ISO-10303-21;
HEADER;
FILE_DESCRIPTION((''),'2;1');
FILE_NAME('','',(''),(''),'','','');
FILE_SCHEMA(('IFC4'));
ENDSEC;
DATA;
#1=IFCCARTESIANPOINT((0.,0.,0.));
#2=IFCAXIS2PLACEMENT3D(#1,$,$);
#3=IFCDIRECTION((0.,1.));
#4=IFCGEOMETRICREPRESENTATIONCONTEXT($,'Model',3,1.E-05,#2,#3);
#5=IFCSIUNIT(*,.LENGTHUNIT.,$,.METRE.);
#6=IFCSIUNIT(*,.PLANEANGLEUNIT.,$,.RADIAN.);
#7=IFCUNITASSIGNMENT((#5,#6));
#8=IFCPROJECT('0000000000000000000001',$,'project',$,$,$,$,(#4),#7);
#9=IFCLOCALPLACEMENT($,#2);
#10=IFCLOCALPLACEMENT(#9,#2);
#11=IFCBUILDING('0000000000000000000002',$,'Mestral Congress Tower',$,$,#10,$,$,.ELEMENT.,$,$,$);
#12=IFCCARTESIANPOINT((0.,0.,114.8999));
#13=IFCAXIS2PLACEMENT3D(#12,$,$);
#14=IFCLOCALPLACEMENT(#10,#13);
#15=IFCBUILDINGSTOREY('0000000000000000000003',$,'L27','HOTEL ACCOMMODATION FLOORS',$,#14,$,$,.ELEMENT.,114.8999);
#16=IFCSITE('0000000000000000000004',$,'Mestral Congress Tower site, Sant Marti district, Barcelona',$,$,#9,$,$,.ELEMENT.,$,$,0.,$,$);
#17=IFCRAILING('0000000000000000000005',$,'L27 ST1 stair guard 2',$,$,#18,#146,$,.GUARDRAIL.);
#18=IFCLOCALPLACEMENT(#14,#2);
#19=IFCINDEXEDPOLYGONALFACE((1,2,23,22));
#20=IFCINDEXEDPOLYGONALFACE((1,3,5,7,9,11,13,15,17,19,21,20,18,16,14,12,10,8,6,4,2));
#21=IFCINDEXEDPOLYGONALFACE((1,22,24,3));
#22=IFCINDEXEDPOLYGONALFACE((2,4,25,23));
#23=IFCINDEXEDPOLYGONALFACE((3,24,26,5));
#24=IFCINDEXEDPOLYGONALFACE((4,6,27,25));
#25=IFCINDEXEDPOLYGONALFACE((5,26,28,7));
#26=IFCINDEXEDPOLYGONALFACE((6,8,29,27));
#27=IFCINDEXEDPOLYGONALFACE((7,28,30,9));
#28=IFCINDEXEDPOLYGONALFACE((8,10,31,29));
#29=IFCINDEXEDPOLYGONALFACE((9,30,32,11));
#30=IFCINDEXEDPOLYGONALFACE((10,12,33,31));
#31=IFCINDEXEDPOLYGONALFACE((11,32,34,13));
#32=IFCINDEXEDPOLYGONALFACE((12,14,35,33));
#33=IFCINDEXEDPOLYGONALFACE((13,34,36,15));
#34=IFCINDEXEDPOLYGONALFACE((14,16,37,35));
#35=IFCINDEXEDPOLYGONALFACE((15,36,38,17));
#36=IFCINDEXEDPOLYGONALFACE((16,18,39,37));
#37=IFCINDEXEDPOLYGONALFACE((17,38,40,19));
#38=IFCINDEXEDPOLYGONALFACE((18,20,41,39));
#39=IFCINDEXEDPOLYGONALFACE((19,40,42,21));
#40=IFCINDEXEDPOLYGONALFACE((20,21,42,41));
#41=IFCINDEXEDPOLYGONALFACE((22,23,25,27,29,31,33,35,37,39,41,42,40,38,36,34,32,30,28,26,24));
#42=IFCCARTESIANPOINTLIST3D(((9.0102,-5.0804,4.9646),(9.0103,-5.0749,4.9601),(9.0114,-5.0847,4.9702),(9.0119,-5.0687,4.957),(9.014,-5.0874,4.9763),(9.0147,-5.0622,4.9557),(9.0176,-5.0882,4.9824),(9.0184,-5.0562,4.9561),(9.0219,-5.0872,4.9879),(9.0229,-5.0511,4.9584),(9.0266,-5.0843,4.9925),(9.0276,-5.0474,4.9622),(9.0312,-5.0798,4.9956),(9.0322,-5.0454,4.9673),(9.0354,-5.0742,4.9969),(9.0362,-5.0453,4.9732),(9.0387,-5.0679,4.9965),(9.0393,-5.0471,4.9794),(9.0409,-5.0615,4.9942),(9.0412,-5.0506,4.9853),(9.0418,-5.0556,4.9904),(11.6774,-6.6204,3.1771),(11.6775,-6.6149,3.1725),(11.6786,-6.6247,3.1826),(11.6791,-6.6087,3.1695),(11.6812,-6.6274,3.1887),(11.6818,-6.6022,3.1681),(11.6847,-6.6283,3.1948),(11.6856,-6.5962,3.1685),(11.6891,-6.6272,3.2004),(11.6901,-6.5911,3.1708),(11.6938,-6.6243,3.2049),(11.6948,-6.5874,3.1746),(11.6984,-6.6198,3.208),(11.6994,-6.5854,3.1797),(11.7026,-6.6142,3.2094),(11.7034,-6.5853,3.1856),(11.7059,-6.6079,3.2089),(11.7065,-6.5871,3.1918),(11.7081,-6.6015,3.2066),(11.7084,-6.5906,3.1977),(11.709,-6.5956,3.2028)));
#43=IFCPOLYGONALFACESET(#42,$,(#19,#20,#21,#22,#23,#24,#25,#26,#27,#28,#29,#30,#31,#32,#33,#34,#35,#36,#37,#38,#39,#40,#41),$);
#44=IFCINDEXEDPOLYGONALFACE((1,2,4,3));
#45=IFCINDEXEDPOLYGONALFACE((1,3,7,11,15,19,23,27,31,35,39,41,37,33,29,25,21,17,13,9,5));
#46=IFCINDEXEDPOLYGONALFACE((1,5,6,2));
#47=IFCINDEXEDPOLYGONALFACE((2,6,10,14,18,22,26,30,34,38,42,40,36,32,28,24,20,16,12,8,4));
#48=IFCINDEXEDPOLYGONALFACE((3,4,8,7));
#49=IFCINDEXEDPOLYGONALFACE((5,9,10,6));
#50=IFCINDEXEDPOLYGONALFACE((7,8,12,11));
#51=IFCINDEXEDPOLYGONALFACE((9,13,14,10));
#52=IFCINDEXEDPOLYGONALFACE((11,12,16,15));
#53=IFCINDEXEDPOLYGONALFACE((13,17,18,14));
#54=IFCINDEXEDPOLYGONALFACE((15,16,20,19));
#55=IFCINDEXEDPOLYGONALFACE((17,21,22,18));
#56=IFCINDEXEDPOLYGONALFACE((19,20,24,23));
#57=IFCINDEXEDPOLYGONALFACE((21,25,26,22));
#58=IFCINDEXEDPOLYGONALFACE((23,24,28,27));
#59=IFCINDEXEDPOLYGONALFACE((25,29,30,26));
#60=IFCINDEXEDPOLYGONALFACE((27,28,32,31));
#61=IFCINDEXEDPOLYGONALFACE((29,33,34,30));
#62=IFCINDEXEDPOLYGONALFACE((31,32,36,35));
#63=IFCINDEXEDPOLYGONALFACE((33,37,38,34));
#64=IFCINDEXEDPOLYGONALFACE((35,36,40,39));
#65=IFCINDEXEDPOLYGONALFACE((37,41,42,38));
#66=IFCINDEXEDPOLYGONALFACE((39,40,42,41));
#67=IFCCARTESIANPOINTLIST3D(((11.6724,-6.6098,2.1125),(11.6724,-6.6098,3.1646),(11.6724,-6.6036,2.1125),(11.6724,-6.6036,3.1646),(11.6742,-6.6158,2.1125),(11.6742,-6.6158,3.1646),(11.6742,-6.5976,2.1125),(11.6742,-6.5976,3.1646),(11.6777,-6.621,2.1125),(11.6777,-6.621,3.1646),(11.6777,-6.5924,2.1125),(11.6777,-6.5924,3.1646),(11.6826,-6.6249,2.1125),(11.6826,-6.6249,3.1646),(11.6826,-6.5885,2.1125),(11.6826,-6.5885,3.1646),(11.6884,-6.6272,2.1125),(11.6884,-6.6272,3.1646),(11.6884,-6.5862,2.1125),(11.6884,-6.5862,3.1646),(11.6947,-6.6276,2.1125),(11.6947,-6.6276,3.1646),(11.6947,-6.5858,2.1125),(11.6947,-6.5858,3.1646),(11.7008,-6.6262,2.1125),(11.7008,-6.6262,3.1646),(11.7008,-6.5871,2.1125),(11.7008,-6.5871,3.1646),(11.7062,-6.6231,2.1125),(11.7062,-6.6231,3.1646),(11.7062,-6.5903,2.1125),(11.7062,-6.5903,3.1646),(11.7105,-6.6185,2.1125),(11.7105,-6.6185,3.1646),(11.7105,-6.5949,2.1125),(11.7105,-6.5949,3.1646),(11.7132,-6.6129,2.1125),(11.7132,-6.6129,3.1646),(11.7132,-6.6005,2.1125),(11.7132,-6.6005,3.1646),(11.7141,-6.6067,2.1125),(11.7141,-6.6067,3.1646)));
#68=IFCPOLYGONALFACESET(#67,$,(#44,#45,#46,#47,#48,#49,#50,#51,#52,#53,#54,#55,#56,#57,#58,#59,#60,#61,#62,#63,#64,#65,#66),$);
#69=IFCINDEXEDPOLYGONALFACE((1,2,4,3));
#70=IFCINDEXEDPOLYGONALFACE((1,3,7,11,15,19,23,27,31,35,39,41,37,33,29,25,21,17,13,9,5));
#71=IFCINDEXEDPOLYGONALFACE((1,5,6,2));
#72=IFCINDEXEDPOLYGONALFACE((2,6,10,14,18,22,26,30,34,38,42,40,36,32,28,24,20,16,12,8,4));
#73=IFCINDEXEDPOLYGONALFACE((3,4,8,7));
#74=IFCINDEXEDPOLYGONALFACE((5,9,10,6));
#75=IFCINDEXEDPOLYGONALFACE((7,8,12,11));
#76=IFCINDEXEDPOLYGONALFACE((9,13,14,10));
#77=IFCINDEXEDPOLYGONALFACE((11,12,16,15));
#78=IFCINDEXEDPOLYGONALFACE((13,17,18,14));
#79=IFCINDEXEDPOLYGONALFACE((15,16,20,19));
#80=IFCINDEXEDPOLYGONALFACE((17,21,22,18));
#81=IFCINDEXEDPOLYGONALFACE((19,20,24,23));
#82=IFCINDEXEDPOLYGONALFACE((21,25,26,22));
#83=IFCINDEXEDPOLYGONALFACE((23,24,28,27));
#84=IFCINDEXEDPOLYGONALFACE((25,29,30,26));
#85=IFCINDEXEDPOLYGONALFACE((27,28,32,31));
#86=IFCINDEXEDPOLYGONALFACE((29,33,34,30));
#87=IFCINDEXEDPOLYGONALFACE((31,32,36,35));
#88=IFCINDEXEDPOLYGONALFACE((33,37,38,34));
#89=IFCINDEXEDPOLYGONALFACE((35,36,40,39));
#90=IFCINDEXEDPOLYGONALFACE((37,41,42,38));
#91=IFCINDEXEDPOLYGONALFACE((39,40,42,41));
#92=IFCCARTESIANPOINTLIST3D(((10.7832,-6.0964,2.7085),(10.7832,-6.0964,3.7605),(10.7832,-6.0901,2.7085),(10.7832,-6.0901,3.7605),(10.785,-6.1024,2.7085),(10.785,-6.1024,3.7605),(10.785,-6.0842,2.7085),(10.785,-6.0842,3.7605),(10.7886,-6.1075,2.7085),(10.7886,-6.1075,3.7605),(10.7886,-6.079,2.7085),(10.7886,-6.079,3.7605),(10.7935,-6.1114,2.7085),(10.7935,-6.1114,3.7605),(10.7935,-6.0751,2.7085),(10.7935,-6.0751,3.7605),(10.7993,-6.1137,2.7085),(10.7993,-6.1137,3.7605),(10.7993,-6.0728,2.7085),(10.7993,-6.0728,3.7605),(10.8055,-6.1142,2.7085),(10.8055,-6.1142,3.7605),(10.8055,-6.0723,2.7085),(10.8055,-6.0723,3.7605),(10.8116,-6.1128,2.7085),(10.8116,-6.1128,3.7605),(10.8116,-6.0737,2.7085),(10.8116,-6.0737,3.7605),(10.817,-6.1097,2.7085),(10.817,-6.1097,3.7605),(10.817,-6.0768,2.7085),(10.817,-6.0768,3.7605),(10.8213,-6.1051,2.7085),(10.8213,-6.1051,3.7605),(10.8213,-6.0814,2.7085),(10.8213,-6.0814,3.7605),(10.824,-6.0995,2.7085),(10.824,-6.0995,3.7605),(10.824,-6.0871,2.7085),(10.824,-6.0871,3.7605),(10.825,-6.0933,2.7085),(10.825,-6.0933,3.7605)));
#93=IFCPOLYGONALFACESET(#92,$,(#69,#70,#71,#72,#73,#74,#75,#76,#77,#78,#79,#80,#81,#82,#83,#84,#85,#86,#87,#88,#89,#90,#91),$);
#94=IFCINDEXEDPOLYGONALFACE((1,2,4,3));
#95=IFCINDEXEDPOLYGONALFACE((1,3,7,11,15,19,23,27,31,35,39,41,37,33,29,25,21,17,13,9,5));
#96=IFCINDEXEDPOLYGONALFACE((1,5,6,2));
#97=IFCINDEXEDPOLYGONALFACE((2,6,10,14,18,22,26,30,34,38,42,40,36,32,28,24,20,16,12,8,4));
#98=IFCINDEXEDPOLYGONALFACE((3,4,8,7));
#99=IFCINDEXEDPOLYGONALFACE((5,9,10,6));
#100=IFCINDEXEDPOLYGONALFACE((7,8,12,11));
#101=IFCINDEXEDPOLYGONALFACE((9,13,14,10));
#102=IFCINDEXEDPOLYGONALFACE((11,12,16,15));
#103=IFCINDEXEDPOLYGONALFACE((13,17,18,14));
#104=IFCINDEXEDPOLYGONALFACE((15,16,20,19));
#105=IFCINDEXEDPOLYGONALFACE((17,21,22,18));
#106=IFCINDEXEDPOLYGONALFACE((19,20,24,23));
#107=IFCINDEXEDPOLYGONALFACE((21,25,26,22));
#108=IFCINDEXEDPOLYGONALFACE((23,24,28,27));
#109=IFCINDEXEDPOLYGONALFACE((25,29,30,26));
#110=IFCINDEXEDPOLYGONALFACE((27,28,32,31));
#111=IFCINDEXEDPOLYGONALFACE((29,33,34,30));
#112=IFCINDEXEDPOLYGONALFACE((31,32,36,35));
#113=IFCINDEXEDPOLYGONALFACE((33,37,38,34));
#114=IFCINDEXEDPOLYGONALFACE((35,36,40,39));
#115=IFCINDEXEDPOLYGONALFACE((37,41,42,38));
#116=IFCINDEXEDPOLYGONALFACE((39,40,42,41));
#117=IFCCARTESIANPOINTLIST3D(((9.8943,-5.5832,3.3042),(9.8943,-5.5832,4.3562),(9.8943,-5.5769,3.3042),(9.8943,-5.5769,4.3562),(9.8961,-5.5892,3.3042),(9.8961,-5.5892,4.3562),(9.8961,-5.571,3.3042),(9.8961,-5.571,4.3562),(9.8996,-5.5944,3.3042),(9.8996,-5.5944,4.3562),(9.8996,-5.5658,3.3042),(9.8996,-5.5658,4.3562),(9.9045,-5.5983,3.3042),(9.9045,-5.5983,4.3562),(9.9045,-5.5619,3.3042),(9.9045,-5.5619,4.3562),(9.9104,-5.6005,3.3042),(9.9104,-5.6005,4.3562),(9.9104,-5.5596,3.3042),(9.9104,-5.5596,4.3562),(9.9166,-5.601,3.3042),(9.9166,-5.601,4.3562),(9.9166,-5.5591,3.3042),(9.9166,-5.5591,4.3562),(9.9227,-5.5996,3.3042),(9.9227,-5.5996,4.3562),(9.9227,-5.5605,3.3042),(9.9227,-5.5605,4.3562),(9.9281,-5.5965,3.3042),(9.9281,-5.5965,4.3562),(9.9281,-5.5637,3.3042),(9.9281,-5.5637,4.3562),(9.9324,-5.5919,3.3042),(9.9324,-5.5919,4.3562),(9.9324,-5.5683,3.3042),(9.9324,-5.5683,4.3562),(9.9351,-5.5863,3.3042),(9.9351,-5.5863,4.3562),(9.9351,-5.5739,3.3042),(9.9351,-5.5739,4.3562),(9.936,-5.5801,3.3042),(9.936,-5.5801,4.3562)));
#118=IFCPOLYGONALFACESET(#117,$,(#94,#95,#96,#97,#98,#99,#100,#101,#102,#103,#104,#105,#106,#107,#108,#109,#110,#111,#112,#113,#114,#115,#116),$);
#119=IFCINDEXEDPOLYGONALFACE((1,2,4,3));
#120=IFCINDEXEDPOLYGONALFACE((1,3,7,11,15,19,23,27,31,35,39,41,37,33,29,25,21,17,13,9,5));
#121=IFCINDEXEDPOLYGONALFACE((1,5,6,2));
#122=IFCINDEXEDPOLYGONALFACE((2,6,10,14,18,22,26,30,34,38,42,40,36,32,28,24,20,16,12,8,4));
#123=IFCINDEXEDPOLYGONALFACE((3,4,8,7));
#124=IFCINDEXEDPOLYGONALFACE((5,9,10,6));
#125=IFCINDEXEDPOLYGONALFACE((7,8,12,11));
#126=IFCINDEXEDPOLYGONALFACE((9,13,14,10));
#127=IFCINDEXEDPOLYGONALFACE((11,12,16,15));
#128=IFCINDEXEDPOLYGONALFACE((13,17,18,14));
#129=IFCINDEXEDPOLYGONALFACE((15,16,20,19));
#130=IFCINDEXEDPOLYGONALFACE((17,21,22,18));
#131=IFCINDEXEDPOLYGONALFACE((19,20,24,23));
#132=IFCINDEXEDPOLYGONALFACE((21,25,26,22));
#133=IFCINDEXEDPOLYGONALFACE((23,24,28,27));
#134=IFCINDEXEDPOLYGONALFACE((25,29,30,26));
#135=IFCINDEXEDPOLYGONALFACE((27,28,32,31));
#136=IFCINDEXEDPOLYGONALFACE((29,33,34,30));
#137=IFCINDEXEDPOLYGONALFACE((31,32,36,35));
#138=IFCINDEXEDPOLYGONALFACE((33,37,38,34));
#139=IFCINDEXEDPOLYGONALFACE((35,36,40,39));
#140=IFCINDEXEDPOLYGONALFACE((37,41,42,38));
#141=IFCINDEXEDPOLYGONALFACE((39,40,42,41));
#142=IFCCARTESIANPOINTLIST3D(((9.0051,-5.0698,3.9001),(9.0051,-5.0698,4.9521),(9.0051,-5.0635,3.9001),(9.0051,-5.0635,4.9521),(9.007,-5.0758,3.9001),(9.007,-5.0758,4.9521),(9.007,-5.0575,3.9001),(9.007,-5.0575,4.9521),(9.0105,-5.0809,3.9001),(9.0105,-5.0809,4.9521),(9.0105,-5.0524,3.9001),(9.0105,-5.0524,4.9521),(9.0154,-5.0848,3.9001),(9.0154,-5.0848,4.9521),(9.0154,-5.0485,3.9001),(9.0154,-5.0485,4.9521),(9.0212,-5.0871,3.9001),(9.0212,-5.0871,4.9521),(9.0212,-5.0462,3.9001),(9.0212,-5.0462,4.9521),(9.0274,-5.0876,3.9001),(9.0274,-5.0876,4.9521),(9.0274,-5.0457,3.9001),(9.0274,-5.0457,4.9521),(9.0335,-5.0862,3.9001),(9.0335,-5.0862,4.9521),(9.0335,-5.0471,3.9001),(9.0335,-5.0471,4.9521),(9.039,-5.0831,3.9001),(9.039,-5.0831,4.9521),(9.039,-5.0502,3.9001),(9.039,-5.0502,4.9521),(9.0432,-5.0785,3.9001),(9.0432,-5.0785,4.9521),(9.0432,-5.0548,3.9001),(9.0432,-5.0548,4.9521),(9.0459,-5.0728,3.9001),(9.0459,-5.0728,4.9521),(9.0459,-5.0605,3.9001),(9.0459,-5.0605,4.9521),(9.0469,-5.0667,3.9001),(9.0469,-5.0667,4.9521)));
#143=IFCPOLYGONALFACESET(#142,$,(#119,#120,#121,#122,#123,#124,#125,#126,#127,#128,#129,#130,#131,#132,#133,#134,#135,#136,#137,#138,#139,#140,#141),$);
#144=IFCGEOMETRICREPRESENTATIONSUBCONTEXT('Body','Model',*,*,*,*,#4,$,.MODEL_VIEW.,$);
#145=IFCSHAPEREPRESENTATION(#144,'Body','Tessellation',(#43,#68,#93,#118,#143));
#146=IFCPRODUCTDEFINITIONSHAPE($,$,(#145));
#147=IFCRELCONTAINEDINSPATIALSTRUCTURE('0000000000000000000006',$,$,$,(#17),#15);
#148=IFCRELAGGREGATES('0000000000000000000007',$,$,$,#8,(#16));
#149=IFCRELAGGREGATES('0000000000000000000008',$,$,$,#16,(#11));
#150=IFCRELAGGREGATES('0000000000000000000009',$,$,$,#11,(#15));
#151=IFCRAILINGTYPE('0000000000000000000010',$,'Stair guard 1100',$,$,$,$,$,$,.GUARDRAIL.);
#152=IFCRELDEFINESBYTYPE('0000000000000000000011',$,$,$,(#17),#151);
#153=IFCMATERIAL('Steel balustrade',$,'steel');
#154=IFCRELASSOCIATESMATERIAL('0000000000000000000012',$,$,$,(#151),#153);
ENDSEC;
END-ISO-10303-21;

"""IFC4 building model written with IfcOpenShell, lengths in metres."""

from ifc_helpers import new_model, si_unit, direction, frame, origin, origin_2d, place, context, subcontext, project, spatial, circle, extrude, material, type_object, element, save


model = new_model("IFC4")

# Units and contexts
model_context = context("Model", 3, precision=1e-05, world=origin(), true_north=direction((0.0, 1.0)))
body_context = subcontext(model_context, "Body", "Model", "MODEL_VIEW")
ifc_project = project(units=[si_unit("LENGTHUNIT", "METRE"), si_unit("PLANEANGLEUNIT", "RADIAN")], contexts=[model_context])

# Site, building, storey
site_placement = place(None, origin())
site = spatial("IfcSite", under=ifc_project, at=site_placement, Name="Mestral Congress Tower site, Sant Marti district, Barcelona", CompositionType="ELEMENT", RefElevation=0.0)
building_placement = place(site_placement, origin())
building = spatial("IfcBuilding", under=site, at=building_placement, Name="Mestral Congress Tower", CompositionType="ELEMENT")
storey_placement = place(building_placement, frame((0.0, 0.0, 114.8999)))
storey = spatial("IfcBuildingStorey", under=building, at=storey_placement, Name="L27", Description="HOTEL ACCOMMODATION FLOORS", CompositionType="ELEMENT", Elevation=114.8999)

# Railing
ifc_material_1 = material(Name="Steel balustrade", Category="steel")
railing_type_1 = type_object("IfcRailingType", Name="Stair guard 1100", PredefinedType="GUARDRAIL", material=ifc_material_1)
railing_1_placement = place(storey_placement, frame((11.6931, -6.6067, 2.1125)))
element("IfcRailing", 1, at=railing_1_placement, inside=storey, type_object=railing_type_1, Name="L27 ST1 stair guard 2", PredefinedType="GUARDRAIL", context=body_context, shape_type="SweptSolid", body=[
    extrude(circle(Radius=0.0239, at=origin_2d()), frame((0.0, 0.0, 1.0762), z_axis=(-0.748994, 0.432463, 0.50198), x_axis=(-0.500027, -0.86601, 0.0)), (0.0, 0.0, 1.0), 3.561),
    extrude(circle(Radius=0.021, at=origin_2d()), origin(), (0.0, 0.0, 1.0), 1.052),
    extrude(circle(Radius=0.021, at=origin_2d()), frame((-0.8892, 0.5134, 0.5959)), (0.0, 0.0, 1.0), 1.052),
    extrude(circle(Radius=0.021, at=origin_2d()), frame((-1.7781, 1.0266, 1.1917)), (0.0, 0.0, 1.0), 1.052),
    extrude(circle(Radius=0.021, at=origin_2d()), frame((-2.6672, 1.54, 1.7876)), (0.0, 0.0, 1.0), 1.052),
])

save(model, "model.ifc")
